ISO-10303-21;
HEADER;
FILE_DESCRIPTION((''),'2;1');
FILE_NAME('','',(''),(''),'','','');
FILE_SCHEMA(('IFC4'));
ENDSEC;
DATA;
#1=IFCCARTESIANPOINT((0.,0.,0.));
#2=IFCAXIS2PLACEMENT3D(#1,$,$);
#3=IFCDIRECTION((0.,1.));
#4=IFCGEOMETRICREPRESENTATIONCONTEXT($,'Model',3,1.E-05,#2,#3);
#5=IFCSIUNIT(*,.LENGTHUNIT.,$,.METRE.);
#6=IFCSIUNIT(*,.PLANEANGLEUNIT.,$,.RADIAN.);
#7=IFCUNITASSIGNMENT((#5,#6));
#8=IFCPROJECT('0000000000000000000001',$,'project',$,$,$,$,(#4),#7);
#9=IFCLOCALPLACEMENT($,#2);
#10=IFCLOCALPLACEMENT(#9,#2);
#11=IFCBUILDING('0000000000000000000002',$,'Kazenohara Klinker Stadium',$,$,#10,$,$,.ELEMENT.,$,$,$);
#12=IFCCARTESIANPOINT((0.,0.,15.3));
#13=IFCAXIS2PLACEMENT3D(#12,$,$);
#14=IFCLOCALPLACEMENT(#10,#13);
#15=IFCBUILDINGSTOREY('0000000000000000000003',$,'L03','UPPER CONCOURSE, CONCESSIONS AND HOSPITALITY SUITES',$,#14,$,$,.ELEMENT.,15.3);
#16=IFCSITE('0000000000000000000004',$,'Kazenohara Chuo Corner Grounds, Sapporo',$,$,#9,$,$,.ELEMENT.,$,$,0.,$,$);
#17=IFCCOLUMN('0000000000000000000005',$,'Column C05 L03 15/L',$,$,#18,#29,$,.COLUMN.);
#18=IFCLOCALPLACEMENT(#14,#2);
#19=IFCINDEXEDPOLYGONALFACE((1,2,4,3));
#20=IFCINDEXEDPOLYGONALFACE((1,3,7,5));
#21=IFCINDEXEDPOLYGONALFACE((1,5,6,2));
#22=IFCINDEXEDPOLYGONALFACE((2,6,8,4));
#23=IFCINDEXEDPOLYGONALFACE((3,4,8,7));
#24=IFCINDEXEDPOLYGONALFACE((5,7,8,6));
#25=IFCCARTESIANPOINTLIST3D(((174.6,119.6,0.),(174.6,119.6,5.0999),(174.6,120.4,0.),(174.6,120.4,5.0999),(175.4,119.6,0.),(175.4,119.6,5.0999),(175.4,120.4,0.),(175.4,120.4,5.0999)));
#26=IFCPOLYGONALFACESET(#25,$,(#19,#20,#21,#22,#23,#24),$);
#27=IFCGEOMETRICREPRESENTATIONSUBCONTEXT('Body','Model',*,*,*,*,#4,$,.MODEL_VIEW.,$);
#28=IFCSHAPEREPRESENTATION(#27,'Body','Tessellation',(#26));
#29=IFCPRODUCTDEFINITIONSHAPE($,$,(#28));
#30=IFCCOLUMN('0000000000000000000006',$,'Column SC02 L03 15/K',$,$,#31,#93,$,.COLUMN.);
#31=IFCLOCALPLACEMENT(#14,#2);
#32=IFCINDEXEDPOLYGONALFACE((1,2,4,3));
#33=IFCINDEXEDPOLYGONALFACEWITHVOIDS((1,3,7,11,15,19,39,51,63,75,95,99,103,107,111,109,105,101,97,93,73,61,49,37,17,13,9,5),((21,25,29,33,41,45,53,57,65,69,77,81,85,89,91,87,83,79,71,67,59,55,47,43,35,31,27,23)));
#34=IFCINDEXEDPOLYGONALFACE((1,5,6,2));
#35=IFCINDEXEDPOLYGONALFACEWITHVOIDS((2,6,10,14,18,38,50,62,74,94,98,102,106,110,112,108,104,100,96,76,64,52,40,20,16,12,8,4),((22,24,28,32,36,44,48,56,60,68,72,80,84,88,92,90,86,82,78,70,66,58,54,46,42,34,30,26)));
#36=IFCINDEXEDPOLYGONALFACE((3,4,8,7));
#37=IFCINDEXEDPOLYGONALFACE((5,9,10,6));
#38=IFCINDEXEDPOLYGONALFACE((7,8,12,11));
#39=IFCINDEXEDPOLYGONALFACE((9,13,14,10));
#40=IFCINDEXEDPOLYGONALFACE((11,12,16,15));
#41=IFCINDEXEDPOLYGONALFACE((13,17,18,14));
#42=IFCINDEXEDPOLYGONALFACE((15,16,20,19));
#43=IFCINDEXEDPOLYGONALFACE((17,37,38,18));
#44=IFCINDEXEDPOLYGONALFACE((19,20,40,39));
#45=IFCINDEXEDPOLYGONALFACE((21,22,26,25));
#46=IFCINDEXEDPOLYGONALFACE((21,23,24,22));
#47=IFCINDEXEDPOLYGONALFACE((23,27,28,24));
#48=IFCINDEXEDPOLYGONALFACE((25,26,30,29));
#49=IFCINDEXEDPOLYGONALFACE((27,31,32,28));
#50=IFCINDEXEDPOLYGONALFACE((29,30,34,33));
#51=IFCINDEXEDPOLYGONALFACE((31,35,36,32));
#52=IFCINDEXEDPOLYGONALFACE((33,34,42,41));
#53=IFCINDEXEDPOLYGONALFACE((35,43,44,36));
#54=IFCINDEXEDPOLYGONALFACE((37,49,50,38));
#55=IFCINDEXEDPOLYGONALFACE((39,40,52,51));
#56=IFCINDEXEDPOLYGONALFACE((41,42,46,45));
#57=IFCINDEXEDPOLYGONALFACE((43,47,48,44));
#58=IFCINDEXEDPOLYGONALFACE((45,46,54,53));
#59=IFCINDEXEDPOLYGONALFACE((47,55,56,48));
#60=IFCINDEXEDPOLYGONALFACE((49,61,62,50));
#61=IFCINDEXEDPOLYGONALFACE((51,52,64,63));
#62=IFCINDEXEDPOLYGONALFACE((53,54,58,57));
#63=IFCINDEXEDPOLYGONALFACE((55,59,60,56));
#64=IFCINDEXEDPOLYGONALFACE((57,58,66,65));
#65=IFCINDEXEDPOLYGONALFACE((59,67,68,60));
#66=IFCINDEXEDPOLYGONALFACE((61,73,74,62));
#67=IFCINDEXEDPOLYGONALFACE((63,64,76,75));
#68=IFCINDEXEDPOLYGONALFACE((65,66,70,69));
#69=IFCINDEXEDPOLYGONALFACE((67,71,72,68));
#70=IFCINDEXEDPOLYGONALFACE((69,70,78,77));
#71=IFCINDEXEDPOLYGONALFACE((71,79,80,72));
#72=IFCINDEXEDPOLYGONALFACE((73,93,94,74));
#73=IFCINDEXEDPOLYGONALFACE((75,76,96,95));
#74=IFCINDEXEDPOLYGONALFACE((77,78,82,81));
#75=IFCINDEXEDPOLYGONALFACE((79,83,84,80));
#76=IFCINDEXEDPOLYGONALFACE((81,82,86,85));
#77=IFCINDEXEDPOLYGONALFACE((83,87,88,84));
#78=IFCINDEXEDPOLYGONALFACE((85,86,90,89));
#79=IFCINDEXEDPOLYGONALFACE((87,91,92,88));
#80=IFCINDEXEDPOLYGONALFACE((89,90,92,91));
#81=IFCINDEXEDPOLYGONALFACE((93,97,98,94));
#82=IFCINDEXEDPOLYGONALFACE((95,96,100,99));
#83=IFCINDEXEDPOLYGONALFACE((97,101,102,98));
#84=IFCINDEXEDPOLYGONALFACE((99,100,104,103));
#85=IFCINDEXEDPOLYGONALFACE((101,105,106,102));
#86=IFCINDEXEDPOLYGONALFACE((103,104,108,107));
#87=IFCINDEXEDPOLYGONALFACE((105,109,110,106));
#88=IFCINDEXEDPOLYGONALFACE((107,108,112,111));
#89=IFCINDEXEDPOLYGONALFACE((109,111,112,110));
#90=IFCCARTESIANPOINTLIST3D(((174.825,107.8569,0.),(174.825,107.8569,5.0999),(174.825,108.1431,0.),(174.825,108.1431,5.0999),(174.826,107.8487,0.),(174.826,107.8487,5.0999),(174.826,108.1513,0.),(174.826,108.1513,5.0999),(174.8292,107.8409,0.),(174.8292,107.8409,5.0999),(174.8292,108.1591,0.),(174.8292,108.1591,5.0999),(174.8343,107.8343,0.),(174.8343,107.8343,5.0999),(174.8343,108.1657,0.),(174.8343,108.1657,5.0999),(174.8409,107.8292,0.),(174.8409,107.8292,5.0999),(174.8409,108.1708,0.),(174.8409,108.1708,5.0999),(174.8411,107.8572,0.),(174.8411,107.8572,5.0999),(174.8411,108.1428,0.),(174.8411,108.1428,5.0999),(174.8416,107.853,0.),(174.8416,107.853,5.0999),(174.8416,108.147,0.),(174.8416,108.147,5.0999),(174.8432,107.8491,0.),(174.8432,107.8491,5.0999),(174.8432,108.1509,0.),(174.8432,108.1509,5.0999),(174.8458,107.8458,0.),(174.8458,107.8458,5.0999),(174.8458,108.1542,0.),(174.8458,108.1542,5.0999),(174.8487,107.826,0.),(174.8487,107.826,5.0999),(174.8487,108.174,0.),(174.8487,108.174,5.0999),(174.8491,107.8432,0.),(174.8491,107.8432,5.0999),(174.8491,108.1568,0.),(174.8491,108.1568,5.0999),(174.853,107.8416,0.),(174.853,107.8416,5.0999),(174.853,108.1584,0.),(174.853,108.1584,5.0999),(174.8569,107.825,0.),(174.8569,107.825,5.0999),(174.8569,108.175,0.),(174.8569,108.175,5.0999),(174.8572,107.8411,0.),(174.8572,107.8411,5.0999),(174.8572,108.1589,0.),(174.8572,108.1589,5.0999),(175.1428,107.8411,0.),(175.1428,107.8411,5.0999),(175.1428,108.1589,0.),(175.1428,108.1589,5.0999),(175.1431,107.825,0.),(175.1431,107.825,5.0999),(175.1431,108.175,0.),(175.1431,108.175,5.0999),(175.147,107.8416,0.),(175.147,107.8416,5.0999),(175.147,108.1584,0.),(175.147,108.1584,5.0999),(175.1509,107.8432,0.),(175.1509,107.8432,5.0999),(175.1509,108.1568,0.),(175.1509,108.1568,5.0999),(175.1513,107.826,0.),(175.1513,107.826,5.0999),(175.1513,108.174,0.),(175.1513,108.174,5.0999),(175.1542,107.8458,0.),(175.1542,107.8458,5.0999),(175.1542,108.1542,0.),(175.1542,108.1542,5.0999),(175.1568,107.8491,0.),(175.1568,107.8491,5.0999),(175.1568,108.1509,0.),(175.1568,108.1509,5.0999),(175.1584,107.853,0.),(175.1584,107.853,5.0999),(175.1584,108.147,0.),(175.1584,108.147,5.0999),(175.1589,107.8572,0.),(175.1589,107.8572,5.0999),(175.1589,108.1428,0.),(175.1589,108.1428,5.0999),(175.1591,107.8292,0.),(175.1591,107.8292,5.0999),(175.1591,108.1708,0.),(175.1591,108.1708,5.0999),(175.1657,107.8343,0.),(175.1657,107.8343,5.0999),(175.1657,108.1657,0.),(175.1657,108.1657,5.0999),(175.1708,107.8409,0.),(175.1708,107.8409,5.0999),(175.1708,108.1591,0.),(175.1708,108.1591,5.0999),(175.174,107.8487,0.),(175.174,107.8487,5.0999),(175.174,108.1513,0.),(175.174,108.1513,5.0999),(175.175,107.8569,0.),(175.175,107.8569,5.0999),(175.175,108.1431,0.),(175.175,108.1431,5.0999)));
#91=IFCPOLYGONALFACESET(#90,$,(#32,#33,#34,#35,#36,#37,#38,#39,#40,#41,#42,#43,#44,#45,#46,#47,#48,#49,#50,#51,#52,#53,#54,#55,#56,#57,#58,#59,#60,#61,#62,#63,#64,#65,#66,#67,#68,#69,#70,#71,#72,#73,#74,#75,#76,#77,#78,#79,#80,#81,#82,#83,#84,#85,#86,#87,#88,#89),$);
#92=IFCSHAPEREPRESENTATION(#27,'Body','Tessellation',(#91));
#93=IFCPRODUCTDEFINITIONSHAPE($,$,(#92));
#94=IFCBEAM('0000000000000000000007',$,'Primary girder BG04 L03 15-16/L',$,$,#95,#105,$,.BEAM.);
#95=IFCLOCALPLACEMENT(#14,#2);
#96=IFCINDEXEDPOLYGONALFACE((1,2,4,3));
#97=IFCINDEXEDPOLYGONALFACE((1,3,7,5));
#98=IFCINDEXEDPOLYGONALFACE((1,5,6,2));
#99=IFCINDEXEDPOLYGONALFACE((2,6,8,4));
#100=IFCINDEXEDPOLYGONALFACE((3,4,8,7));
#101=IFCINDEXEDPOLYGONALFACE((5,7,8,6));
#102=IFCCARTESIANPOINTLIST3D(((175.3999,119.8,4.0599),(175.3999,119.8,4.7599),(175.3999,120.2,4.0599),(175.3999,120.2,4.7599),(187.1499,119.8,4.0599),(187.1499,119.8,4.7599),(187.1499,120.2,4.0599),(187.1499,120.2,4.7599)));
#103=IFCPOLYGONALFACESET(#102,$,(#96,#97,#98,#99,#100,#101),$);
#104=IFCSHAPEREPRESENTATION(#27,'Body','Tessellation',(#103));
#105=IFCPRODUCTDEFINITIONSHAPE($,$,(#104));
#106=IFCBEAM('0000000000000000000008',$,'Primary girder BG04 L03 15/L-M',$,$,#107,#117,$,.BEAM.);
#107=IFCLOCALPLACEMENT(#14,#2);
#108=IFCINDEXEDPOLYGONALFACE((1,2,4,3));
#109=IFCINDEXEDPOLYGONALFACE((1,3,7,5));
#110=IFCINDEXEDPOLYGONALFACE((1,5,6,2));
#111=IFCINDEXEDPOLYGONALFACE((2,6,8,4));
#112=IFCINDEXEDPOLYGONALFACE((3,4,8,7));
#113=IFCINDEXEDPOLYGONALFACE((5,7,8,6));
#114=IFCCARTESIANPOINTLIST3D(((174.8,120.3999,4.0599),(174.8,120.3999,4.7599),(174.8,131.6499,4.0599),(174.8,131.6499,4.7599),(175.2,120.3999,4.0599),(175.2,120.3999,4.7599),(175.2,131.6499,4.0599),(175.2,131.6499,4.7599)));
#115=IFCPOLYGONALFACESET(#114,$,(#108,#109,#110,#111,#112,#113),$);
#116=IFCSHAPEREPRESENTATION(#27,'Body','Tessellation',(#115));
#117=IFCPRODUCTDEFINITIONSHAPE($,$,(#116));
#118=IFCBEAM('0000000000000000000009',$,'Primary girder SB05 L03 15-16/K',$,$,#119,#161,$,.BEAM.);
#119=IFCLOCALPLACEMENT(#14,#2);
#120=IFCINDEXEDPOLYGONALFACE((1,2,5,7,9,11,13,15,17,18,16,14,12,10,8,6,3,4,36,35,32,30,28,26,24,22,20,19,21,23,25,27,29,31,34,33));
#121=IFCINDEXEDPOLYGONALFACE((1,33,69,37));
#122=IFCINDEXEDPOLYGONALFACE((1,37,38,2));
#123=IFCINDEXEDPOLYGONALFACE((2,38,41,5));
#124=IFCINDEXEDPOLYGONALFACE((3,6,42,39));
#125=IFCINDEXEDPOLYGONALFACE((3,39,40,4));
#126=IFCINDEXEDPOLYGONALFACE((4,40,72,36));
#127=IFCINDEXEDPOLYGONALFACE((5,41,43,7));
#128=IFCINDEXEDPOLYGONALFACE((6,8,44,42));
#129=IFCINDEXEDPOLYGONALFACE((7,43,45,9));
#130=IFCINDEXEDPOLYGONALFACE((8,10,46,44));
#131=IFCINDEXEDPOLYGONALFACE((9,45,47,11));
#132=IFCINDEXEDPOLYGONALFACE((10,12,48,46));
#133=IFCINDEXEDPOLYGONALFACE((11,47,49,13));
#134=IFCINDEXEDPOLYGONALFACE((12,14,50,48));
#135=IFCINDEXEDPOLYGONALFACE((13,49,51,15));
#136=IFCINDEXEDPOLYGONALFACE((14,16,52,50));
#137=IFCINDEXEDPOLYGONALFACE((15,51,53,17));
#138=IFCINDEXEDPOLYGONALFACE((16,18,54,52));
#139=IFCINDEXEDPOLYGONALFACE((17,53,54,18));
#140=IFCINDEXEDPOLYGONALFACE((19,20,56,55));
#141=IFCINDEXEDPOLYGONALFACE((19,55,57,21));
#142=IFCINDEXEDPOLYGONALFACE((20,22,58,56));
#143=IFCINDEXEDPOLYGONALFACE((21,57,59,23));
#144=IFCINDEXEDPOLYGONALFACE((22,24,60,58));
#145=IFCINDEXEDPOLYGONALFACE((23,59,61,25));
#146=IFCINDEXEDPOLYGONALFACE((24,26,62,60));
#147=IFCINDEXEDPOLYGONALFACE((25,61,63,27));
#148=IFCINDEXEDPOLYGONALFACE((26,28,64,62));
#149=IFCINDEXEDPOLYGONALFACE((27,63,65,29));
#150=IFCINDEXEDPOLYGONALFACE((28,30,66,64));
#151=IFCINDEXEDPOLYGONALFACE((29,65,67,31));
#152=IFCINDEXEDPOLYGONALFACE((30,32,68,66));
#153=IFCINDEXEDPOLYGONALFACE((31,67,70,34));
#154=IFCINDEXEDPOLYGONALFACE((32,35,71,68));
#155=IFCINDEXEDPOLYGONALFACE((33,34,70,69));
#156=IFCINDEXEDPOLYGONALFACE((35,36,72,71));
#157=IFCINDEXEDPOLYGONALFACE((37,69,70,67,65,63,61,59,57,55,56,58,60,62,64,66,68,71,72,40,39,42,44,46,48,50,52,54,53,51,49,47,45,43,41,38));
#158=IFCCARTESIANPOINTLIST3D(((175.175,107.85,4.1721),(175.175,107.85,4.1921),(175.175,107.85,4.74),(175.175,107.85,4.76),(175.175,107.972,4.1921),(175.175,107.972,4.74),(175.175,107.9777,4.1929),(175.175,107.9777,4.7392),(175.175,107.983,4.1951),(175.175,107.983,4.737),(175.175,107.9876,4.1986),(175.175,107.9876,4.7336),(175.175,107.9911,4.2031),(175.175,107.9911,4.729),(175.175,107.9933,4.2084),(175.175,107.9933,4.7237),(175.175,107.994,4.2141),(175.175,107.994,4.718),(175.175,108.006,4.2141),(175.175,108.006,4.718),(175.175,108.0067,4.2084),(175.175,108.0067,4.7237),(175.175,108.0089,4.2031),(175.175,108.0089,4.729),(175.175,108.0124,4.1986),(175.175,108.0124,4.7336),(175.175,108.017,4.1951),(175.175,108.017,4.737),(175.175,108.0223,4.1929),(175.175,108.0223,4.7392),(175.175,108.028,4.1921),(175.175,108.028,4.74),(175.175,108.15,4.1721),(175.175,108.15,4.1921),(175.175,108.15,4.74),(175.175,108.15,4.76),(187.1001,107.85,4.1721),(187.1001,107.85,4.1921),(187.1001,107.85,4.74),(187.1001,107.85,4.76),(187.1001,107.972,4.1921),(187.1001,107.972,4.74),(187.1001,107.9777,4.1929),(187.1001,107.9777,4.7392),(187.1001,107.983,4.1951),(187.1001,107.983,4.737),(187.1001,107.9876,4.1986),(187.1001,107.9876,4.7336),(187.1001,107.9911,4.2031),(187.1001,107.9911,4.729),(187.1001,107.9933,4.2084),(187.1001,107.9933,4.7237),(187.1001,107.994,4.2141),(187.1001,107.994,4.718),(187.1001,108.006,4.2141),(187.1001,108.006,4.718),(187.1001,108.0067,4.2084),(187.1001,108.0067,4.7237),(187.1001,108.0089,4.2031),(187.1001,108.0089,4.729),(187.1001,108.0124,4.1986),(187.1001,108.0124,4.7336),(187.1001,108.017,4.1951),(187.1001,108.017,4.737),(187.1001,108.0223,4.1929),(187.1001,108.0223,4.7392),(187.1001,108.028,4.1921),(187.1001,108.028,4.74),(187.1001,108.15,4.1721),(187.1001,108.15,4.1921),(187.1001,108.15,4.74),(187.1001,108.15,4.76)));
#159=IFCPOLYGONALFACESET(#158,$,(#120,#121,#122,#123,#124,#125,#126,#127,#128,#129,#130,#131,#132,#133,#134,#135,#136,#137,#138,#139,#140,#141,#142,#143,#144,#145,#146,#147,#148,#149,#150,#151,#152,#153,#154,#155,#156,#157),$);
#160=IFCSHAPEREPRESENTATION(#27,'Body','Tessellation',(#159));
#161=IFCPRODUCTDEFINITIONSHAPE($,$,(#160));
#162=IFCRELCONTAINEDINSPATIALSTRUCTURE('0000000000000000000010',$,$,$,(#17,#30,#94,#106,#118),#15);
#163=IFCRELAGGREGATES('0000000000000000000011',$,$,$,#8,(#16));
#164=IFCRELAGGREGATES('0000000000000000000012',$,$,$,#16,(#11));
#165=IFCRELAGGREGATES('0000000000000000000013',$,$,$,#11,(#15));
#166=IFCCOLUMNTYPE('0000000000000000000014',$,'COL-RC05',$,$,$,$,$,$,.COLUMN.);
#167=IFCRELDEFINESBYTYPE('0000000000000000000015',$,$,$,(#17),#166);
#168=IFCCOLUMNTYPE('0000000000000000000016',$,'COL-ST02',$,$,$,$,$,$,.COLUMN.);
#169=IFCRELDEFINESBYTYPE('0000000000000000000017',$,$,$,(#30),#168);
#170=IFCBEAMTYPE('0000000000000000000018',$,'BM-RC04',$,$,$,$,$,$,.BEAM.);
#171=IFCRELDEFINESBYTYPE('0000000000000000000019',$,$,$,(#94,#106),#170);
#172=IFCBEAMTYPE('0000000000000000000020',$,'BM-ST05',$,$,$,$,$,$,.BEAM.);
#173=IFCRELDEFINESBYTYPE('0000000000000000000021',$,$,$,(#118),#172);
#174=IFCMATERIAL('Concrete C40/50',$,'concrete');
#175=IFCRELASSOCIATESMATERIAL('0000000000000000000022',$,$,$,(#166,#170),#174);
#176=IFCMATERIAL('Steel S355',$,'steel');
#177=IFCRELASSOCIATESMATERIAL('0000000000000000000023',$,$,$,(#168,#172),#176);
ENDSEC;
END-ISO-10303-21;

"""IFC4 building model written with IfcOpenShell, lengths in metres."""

from ifc_helpers import new_model, si_unit, direction, frame, origin, origin_2d, place, context, subcontext, project, spatial, rectangle, hollow_rectangle, i_section, extrude, material, material_profile, profile_set, type_object, element, save


model = new_model("IFC4")

# Units and contexts
model_context = context("Model", 3, precision=1e-05, world=origin(), true_north=direction((0.0, 1.0)))
body_context = subcontext(model_context, "Body", "Model", "MODEL_VIEW")
ifc_project = project(units=[si_unit("LENGTHUNIT", "METRE"), si_unit("PLANEANGLEUNIT", "RADIAN")], contexts=[model_context])

# Site, building, storey
site_placement = place(None, origin())
site = spatial("IfcSite", under=ifc_project, at=site_placement, Name="Kazenohara Chuo Corner Grounds, Sapporo", CompositionType="ELEMENT", RefElevation=0.0)
building_placement = place(site_placement, origin())
building = spatial("IfcBuilding", under=site, at=building_placement, Name="Kazenohara Klinker Stadium", CompositionType="ELEMENT")
storey_placement = place(building_placement, frame((0.0, 0.0, 15.3)))
storey = spatial("IfcBuildingStorey", under=building, at=storey_placement, Name="L03", Description="UPPER CONCOURSE, CONCESSIONS AND HOSPITALITY SUITES", CompositionType="ELEMENT", Elevation=15.3)

# Columns
ifc_material_1 = material(Name="Concrete C40/50", Category="concrete")
ifc_material_profile_1 = material_profile(ifc_material_1, rectangle(XDim=0.8, YDim=0.8, at=origin_2d()), Name="RC-COL-800x800")
ifc_profile_set_1 = profile_set([ifc_material_profile_1], Name="Concrete C40/50")
column_type_1 = type_object("IfcColumnType", Name="COL-RC05", PredefinedType="COLUMN", material=ifc_profile_set_1)
column_1_placement = place(storey_placement, frame((175.0, 120.0, 0.0), z_axis=(0.0, 0.0, 1.0), x_axis=(1.0, 0.0, 0.0)))
element("IfcColumn", 1, at=column_1_placement, inside=storey, type_object=column_type_1, Name="Column C05 L03 15/L", PredefinedType="COLUMN", context=body_context, shape_type="SweptSolid", body=[
    extrude(rectangle(XDim=0.8, YDim=0.8, at=origin_2d()), origin(), (0.0, 0.0, 1.0), 5.0999),
])
ifc_material_2 = material(Name="Steel S355", Category="steel")
ifc_material_profile_2 = material_profile(ifc_material_2, hollow_rectangle(XDim=0.3501, YDim=0.3501, WallThickness=0.0161, InnerFilletRadius=0.0161, OuterFilletRadius=0.032, at=origin_2d()), Name="SHS-350x350x16")
ifc_profile_set_2 = profile_set([ifc_material_profile_2], Name="Steel S355")
column_type_2 = type_object("IfcColumnType", Name="COL-ST02", PredefinedType="COLUMN", material=ifc_profile_set_2)
column_2_placement = place(storey_placement, frame((175.0, 108.0, 0.0), z_axis=(0.0, 0.0, 1.0), x_axis=(1.0, 0.0, 0.0)))
element("IfcColumn", 2, at=column_2_placement, inside=storey, type_object=column_type_2, Name="Column SC02 L03 15/K", PredefinedType="COLUMN", context=body_context, shape_type="SweptSolid", body=[
    extrude(hollow_rectangle(XDim=0.3501, YDim=0.3501, WallThickness=0.0161, InnerFilletRadius=0.0161, OuterFilletRadius=0.032, at=origin_2d()), origin(), (0.0, 0.0, 1.0), 5.0999),
])

# Beams
ifc_material_profile_3 = material_profile(ifc_material_1, rectangle(XDim=0.3999, YDim=0.7, at=origin_2d()), Name="RC-BM-400x700")
ifc_profile_set_3 = profile_set([ifc_material_profile_3], Name="Concrete C40/50")
beam_type_1 = type_object("IfcBeamType", Name="BM-RC04", PredefinedType="BEAM", material=ifc_profile_set_3)
beam_1_placement = place(storey_placement, frame((175.3999, 120.0, 4.4099), z_axis=(1.0, 0.0, 0.0), x_axis=(0.0, 1.0, 0.0)))
element("IfcBeam", 3, at=beam_1_placement, inside=storey, type_object=beam_type_1, Name="Primary girder BG04 L03 15-16/L", PredefinedType="BEAM", context=body_context, shape_type="SweptSolid", body=[
    extrude(rectangle(XDim=0.3999, YDim=0.7, at=origin_2d()), origin(), (0.0, 0.0, 1.0), 11.75),
])
beam_2_placement = place(storey_placement, frame((175.0, 120.3999, 4.4099), z_axis=(0.0, 1.0, 0.0), x_axis=(-1.0, 0.0, 0.0)))
element("IfcBeam", 4, at=beam_2_placement, inside=storey, type_object=beam_type_1, Name="Primary girder BG04 L03 15/L-M", PredefinedType="BEAM", context=body_context, shape_type="SweptSolid", body=[
    extrude(rectangle(XDim=0.3999, YDim=0.7, at=origin_2d()), origin(), (0.0, 0.0, 1.0), 11.25),
])
ifc_material_profile_4 = material_profile(ifc_material_2, i_section(OverallWidth=0.3, OverallDepth=0.5879, WebThickness=0.012, FlangeThickness=0.02, FilletRadius=0.022, at=origin_2d()), Name="H-588x300x12x20")
ifc_profile_set_4 = profile_set([ifc_material_profile_4], Name="Steel S355")
beam_type_2 = type_object("IfcBeamType", Name="BM-ST05", PredefinedType="BEAM", material=ifc_profile_set_4)
beam_3_placement = place(storey_placement, frame((175.175, 108.0, 4.4661), z_axis=(1.0, 0.0, 0.0), x_axis=(0.0, 1.0, 0.0)))
element("IfcBeam", 5, at=beam_3_placement, inside=storey, type_object=beam_type_2, Name="Primary girder SB05 L03 15-16/K", PredefinedType="BEAM", context=body_context, shape_type="SweptSolid", body=[
    extrude(i_section(OverallWidth=0.3, OverallDepth=0.5879, WebThickness=0.012, FlangeThickness=0.02, FilletRadius=0.022, at=origin_2d()), origin(), (0.0, 0.0, 1.0), 11.925),
])

save(model, "model.ifc")
